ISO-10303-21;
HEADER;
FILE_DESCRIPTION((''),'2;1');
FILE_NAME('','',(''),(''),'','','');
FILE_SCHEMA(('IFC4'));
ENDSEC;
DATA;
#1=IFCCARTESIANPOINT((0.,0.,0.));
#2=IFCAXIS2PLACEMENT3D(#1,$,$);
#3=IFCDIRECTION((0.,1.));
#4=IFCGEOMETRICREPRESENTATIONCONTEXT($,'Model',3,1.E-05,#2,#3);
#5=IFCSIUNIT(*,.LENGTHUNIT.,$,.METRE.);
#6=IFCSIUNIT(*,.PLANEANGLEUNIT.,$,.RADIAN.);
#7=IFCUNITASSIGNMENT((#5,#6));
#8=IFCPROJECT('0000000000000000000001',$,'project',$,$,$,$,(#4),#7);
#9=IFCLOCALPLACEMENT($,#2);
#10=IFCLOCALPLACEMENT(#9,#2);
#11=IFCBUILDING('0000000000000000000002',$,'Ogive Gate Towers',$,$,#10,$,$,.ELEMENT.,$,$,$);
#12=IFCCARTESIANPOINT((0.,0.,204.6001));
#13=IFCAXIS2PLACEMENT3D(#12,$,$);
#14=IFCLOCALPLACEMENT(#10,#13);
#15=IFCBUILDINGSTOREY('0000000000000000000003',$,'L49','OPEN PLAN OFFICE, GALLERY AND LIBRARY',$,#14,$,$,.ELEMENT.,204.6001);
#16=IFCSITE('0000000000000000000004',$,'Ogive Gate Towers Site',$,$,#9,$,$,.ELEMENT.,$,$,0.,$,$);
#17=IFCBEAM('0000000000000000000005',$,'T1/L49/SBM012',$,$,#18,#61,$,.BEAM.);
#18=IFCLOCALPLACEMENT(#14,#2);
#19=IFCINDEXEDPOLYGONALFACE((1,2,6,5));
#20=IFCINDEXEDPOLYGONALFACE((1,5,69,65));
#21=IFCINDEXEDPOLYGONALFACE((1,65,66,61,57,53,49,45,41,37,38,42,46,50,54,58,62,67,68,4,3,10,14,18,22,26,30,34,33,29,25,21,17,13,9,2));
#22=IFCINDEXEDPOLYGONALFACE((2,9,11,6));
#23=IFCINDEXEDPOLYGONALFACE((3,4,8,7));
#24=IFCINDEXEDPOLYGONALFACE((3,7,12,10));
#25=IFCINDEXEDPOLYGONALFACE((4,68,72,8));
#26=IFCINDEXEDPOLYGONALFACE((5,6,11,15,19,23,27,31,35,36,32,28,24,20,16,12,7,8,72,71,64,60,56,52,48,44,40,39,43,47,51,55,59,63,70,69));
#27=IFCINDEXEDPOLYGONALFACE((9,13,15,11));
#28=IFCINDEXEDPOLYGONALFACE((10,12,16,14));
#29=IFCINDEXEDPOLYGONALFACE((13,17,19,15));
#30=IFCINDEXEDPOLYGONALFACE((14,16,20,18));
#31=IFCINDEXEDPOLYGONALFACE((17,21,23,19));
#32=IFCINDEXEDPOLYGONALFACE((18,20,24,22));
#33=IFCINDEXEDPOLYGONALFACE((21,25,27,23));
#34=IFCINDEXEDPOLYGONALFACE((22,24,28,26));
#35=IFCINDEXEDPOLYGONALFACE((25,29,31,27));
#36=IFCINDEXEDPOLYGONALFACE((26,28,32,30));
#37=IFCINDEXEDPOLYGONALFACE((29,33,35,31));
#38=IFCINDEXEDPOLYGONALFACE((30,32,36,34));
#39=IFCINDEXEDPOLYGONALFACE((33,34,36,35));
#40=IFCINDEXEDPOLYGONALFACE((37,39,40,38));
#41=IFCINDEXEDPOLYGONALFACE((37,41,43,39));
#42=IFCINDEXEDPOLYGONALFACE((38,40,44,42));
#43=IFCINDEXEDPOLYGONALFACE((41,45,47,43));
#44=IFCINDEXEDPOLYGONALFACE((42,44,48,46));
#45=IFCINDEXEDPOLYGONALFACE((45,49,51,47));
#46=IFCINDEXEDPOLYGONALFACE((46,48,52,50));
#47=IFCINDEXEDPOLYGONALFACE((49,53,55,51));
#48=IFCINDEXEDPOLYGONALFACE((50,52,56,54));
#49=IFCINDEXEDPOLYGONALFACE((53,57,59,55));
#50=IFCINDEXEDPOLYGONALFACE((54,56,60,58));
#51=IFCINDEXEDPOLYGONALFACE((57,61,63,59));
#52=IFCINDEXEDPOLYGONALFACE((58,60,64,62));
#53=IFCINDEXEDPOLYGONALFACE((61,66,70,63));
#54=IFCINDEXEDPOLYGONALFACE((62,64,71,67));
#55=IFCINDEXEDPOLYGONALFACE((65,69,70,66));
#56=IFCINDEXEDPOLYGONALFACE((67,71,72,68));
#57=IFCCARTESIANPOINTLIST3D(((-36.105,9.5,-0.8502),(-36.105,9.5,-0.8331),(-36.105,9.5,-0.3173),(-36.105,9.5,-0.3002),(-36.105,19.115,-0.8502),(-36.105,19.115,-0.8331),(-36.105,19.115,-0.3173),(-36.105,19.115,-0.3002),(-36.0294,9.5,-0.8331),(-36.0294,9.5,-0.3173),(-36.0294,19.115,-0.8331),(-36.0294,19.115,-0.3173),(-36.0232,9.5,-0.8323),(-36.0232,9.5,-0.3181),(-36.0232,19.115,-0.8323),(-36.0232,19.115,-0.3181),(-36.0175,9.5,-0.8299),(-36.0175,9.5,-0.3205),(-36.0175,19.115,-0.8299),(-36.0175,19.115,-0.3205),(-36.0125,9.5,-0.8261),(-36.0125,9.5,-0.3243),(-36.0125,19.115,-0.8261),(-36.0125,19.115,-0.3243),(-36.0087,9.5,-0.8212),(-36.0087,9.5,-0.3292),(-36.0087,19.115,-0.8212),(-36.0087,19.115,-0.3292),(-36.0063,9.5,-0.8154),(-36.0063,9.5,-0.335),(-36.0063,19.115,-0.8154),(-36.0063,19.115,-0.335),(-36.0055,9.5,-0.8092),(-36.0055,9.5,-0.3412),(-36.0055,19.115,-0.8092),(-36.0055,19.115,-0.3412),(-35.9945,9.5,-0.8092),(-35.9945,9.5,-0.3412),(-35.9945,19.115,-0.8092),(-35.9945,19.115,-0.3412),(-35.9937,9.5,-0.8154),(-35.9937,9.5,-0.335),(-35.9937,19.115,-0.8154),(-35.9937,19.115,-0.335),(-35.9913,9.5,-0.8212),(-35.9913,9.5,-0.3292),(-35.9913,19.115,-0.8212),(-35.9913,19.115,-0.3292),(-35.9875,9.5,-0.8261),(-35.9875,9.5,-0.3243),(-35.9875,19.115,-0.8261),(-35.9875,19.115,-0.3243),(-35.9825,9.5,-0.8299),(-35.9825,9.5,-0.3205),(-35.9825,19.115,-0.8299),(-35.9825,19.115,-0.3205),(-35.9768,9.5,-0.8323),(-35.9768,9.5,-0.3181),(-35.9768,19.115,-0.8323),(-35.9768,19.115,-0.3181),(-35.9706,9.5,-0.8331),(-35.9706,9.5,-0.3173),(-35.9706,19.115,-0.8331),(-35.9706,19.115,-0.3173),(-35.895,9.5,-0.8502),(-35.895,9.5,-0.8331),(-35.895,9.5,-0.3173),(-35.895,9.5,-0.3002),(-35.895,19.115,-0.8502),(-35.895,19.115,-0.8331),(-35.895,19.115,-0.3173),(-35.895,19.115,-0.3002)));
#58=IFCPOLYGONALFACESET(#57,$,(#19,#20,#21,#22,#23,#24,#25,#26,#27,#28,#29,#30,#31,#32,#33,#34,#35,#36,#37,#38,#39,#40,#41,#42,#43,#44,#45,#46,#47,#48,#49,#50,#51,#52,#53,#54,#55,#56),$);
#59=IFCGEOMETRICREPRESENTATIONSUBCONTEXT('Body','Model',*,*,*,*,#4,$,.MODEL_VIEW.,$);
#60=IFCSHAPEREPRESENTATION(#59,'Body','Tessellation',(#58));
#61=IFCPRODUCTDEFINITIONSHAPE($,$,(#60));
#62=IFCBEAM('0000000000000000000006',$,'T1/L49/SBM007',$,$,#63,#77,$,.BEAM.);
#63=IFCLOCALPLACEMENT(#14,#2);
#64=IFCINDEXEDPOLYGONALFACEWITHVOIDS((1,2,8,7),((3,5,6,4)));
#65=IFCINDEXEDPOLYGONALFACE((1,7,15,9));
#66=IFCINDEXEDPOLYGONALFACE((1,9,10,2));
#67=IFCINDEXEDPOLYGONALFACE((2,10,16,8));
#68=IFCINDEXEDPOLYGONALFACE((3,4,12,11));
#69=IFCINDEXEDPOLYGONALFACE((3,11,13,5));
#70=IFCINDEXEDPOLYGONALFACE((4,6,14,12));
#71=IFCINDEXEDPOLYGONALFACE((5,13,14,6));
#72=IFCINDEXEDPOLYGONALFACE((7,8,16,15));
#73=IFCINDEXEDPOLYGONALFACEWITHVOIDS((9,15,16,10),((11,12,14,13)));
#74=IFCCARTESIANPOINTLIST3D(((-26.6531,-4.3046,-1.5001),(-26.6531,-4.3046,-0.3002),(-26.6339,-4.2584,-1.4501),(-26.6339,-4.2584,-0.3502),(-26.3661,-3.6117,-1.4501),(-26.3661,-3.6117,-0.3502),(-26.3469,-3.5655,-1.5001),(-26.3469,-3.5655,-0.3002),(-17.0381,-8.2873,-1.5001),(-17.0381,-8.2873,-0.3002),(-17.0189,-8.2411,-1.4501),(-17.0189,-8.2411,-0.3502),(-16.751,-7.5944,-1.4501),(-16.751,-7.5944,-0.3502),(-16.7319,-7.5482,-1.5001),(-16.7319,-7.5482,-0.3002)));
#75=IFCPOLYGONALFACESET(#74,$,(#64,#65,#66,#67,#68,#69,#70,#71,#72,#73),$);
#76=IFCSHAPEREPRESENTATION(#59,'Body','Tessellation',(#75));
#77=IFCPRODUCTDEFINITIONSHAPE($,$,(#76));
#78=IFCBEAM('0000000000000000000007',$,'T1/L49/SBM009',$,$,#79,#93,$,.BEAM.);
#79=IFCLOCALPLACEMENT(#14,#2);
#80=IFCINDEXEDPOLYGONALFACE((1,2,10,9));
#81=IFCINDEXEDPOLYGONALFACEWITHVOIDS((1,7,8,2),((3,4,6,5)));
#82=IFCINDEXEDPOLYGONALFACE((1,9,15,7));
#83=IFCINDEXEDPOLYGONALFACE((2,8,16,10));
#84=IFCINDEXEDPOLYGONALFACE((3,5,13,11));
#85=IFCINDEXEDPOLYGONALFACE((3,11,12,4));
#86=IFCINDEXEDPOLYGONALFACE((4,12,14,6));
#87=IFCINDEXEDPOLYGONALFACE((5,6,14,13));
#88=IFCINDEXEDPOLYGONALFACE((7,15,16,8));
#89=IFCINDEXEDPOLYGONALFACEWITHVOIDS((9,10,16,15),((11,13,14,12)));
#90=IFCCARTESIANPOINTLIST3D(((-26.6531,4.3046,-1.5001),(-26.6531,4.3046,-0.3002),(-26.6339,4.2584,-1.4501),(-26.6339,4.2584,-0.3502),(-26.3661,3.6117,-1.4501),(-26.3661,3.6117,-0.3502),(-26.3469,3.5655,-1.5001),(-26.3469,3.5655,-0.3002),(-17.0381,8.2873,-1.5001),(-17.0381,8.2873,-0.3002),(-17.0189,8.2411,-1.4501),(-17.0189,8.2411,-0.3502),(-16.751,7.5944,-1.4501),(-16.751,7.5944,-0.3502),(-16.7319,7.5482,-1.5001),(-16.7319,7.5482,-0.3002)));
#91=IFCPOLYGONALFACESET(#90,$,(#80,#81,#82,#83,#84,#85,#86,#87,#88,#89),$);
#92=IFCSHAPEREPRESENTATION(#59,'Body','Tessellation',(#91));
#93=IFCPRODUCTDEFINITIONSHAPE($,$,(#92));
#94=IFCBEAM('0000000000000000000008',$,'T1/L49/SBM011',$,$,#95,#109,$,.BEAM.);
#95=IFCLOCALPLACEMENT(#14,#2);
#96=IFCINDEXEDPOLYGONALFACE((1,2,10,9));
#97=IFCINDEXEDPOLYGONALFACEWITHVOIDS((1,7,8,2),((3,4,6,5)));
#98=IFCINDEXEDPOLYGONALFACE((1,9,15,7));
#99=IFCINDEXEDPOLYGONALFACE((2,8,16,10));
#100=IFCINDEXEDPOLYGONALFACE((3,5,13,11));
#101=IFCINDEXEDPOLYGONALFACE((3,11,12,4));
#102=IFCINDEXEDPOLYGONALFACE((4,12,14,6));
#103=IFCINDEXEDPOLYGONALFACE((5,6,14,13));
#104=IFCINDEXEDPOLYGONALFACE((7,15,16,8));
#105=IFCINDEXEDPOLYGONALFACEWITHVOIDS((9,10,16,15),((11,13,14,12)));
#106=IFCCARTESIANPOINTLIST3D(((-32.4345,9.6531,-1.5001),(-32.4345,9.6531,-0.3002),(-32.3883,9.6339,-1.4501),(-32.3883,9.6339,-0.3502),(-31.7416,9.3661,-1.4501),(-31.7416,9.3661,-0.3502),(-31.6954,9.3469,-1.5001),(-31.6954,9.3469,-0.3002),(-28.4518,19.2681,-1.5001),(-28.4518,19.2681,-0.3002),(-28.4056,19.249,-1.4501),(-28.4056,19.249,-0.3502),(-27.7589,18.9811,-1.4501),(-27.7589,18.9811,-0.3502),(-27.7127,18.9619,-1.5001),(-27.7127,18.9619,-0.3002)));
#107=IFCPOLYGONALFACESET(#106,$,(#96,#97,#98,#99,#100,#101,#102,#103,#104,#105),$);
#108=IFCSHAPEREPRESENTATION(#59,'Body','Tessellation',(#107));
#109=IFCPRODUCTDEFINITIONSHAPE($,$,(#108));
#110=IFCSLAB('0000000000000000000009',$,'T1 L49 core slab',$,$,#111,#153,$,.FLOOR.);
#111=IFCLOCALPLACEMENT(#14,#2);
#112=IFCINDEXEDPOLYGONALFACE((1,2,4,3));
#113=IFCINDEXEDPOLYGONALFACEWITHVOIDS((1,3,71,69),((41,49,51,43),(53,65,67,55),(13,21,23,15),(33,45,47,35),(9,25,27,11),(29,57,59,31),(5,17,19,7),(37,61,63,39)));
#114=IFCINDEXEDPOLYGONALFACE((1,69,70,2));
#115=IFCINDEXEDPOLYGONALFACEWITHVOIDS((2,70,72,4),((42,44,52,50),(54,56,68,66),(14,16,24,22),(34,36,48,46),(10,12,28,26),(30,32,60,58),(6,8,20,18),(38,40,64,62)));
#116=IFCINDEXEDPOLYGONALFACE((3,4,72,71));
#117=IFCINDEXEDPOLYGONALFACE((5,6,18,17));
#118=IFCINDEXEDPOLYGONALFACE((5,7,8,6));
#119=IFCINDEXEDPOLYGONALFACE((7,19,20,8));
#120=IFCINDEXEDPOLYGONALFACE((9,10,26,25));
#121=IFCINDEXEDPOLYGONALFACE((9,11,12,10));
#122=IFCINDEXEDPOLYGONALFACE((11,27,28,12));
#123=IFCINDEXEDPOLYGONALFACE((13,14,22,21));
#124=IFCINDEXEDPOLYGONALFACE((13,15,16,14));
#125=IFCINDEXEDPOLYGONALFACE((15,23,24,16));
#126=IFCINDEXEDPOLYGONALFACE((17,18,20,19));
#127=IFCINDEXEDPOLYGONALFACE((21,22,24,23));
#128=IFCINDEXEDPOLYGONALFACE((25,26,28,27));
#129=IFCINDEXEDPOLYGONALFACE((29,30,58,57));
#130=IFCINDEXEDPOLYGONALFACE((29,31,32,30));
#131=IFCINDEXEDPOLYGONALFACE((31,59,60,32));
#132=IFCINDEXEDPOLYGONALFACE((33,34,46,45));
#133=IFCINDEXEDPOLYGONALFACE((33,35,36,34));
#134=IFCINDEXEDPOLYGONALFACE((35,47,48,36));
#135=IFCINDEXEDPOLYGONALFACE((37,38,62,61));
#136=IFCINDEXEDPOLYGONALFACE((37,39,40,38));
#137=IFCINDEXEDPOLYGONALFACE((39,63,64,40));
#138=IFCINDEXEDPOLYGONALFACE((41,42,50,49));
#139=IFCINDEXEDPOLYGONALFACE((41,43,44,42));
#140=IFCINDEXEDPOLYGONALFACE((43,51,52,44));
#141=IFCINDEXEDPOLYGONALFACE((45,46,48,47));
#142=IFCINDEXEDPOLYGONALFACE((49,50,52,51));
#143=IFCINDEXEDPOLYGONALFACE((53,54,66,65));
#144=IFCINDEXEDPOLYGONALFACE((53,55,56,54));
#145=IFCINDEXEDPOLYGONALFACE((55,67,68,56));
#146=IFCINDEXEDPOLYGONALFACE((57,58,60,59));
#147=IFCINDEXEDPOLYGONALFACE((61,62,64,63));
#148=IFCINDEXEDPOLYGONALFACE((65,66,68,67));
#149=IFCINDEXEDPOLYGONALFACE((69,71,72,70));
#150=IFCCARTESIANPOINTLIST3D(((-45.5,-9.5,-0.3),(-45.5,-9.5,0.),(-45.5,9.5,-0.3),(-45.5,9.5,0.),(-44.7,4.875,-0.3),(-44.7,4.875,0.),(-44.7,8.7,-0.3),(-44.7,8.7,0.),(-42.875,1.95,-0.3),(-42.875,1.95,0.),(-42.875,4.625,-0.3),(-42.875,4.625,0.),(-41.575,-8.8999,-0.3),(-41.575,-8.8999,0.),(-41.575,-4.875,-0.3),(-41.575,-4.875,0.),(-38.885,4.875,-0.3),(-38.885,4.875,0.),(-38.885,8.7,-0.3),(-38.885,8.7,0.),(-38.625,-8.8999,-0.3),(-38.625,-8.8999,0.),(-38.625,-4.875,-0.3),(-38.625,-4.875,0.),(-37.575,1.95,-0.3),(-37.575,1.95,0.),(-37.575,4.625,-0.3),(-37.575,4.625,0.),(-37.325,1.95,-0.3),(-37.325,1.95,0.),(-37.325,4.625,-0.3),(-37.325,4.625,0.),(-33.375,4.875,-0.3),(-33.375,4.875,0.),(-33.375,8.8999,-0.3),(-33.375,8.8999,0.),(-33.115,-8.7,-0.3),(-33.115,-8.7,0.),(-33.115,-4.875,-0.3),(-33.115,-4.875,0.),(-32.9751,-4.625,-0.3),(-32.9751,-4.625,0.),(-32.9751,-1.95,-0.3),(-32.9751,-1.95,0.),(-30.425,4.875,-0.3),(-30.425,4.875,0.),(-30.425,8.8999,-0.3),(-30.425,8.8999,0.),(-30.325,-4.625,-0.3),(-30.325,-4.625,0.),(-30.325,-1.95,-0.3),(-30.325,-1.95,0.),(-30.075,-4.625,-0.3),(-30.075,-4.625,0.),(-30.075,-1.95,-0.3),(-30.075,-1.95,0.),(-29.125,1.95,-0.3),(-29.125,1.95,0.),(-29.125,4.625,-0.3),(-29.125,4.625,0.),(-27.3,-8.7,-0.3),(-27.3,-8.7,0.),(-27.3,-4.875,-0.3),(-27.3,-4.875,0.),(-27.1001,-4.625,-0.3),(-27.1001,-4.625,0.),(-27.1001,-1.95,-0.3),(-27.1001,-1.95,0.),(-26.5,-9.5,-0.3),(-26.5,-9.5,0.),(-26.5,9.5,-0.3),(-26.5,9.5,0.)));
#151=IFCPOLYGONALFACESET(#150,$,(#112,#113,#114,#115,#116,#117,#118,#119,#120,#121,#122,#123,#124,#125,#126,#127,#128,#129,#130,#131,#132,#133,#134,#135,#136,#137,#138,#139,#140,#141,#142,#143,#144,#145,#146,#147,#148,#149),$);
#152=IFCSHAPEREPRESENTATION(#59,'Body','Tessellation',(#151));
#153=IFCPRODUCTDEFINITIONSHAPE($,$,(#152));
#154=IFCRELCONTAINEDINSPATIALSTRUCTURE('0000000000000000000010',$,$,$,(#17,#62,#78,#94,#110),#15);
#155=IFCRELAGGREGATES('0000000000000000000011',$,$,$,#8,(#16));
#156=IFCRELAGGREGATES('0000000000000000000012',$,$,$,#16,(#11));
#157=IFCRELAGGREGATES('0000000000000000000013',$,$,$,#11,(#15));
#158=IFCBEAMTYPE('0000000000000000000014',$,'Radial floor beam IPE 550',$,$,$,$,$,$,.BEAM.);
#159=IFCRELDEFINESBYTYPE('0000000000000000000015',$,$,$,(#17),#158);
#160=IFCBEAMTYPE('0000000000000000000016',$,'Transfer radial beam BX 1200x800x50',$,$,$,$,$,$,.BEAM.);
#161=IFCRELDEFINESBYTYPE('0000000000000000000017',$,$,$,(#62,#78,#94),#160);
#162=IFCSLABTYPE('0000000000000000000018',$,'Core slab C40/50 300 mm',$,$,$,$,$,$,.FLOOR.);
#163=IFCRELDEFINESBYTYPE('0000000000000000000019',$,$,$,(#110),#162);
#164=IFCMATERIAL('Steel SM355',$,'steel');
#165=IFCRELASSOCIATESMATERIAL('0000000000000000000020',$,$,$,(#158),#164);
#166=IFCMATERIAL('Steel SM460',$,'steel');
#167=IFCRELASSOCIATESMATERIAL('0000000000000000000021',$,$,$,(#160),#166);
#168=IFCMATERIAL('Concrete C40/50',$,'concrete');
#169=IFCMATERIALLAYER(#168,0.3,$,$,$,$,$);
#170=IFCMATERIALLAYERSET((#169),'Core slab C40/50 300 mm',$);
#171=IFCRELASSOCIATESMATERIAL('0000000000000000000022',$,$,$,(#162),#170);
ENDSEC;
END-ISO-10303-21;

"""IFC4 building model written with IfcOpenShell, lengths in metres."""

from ifc_helpers import new_model, si_unit, direction, frame, origin, origin_2d, place, context, subcontext, project, spatial, polyline, hollow_rectangle, i_section, outline, extrude, material, layer, layer_set, material_profile, profile_set, type_object, element, save


model = new_model("IFC4")

# Units and contexts
model_context = context("Model", 3, precision=1e-05, world=origin(), true_north=direction((0.0, 1.0)))
body_context = subcontext(model_context, "Body", "Model", "MODEL_VIEW")
ifc_project = project(units=[si_unit("LENGTHUNIT", "METRE"), si_unit("PLANEANGLEUNIT", "RADIAN")], contexts=[model_context])

# Site, building, storey
site_placement = place(None, origin())
site = spatial("IfcSite", under=ifc_project, at=site_placement, Name="Ogive Gate Towers Site", CompositionType="ELEMENT", RefElevation=0.0)
building_placement = place(site_placement, origin())
building = spatial("IfcBuilding", under=site, at=building_placement, Name="Ogive Gate Towers", CompositionType="ELEMENT")
storey_placement = place(building_placement, frame((0.0, 0.0, 204.6001)))
storey = spatial("IfcBuildingStorey", under=building, at=storey_placement, Name="L49", Description="OPEN PLAN OFFICE, GALLERY AND LIBRARY", CompositionType="ELEMENT", Elevation=204.6001)

# Shared definitions
ifc_material_1 = material(Name="Steel SM460", Category="steel")

# Beams
ifc_material_2 = material(Name="Steel SM355", Category="steel")
ifc_material_profile_1 = material_profile(ifc_material_2, i_section(OverallWidth=0.21, OverallDepth=0.55, WebThickness=0.011, FlangeThickness=0.0171, FilletRadius=0.0239, at=origin_2d()), Name="IPE 550")
ifc_profile_set_1 = profile_set([ifc_material_profile_1], Name="Steel SM355")
beam_type_1 = type_object("IfcBeamType", Name="Radial floor beam IPE 550", PredefinedType="BEAM", material=ifc_profile_set_1)
beam_1_placement = place(storey_placement, frame((-36.0, 9.5, -0.5752), z_axis=(0.0, 1.0, 0.0), x_axis=(-1.0, 0.0, 0.0)))
element("IfcBeam", 1, at=beam_1_placement, inside=storey, type_object=beam_type_1, Name="T1/L49/SBM012", PredefinedType="BEAM", context=body_context, shape_type="SweptSolid", body=[
    extrude(i_section(OverallWidth=0.21, OverallDepth=0.55, WebThickness=0.011, FlangeThickness=0.0171, FilletRadius=0.0239, at=origin_2d()), origin(), (0.0, 0.0, 1.0), 9.615),
])
ifc_material_profile_2 = material_profile(ifc_material_1, hollow_rectangle(XDim=0.8, YDim=1.2, WallThickness=0.05, at=origin_2d()), Name="BX 1200x800x50")
ifc_profile_set_2 = profile_set([ifc_material_profile_2], Name="Steel SM460")
beam_type_2 = type_object("IfcBeamType", Name="Transfer radial beam BX 1200x800x50", PredefinedType="BEAM", material=ifc_profile_set_2)
for number, where, z_axis, x_axis, name in (
    (2, (-26.5, -3.9351, -0.9001), (0.923879, -0.382684, 0.0), (0.382684, 0.923879, 0.0), "T1/L49/SBM007"),
    (3, (-26.5, 3.9351, -0.9001), (0.923879, 0.382684, 0.0), (-0.382684, 0.923879, 0.0), "T1/L49/SBM009"),
    (4, (-32.0649, 9.5, -0.9001), (0.382684, 0.923879, 0.0), (-0.923879, 0.382684, 0.0), "T1/L49/SBM011"),
):
    element("IfcBeam", number, at=place(storey_placement, frame(where, z_axis=z_axis, x_axis=x_axis)), inside=storey, type_object=beam_type_2, Name=name, PredefinedType="BEAM", context=body_context, shape_type="SweptSolid", body=[
        extrude(hollow_rectangle(XDim=0.8, YDim=1.2, WallThickness=0.05, at=origin_2d()), origin(), (0.0, 0.0, 1.0), 10.4072),
    ])

# Slab
ifc_material_3 = material(Name="Concrete C40/50", Category="concrete")
ifc_layer_1 = layer(ifc_material_3, 0.3)
ifc_layer_set_1 = layer_set([ifc_layer_1], Name="Core slab C40/50 300 mm")
slab_type_1 = type_object("IfcSlabType", Name="Core slab C40/50 300 mm", PredefinedType="FLOOR", material=ifc_layer_set_1)
slab_1_placement = place(storey_placement, frame((0.0, 0.0, -0.3)))
element("IfcSlab", 5, at=slab_1_placement, inside=storey, type_object=slab_type_1, Name="T1 L49 core slab", PredefinedType="FLOOR", context=body_context, shape_type="SweptSolid", body=[
    extrude(outline(polyline([(-45.5, -9.5), (-45.5, 9.5), (-26.5, 9.5), (-26.5, -9.5), (-45.5, -9.5)]), holes=[polyline([(-42.875, 1.95), (-37.575, 1.95), (-37.575, 4.625), (-42.875, 4.625), (-42.875, 1.95)]), polyline([(-37.325, 4.625), (-37.325, 1.95), (-29.125, 1.95), (-29.125, 4.625), (-37.325, 4.625)]), polyline([(-30.325, -1.95), (-32.9751, -1.95), (-32.9751, -4.625), (-30.325, -4.625), (-30.325, -1.95)]), polyline([(-27.1001, -4.625), (-27.1001, -1.95), (-30.075, -1.95), (-30.075, -4.625), (-27.1001, -4.625)]), polyline([(-33.375, 4.875), (-30.425, 4.875), (-30.425, 8.8999), (-33.375, 8.8999), (-33.375, 4.875)]), polyline([(-41.575, -4.875), (-41.575, -8.8999), (-38.625, -8.8999), (-38.625, -4.875), (-41.575, -4.875)]), polyline([(-44.7, 4.875), (-38.885, 4.875), (-38.885, 8.7), (-44.7, 8.7), (-44.7, 4.875)]), polyline([(-27.3, -8.7), (-27.3, -4.875), (-33.115, -4.875), (-33.115, -8.7), (-27.3, -8.7)])]), origin(), (0.0, 0.0, 1.0), 0.3),
])

save(model, "model.ifc")
